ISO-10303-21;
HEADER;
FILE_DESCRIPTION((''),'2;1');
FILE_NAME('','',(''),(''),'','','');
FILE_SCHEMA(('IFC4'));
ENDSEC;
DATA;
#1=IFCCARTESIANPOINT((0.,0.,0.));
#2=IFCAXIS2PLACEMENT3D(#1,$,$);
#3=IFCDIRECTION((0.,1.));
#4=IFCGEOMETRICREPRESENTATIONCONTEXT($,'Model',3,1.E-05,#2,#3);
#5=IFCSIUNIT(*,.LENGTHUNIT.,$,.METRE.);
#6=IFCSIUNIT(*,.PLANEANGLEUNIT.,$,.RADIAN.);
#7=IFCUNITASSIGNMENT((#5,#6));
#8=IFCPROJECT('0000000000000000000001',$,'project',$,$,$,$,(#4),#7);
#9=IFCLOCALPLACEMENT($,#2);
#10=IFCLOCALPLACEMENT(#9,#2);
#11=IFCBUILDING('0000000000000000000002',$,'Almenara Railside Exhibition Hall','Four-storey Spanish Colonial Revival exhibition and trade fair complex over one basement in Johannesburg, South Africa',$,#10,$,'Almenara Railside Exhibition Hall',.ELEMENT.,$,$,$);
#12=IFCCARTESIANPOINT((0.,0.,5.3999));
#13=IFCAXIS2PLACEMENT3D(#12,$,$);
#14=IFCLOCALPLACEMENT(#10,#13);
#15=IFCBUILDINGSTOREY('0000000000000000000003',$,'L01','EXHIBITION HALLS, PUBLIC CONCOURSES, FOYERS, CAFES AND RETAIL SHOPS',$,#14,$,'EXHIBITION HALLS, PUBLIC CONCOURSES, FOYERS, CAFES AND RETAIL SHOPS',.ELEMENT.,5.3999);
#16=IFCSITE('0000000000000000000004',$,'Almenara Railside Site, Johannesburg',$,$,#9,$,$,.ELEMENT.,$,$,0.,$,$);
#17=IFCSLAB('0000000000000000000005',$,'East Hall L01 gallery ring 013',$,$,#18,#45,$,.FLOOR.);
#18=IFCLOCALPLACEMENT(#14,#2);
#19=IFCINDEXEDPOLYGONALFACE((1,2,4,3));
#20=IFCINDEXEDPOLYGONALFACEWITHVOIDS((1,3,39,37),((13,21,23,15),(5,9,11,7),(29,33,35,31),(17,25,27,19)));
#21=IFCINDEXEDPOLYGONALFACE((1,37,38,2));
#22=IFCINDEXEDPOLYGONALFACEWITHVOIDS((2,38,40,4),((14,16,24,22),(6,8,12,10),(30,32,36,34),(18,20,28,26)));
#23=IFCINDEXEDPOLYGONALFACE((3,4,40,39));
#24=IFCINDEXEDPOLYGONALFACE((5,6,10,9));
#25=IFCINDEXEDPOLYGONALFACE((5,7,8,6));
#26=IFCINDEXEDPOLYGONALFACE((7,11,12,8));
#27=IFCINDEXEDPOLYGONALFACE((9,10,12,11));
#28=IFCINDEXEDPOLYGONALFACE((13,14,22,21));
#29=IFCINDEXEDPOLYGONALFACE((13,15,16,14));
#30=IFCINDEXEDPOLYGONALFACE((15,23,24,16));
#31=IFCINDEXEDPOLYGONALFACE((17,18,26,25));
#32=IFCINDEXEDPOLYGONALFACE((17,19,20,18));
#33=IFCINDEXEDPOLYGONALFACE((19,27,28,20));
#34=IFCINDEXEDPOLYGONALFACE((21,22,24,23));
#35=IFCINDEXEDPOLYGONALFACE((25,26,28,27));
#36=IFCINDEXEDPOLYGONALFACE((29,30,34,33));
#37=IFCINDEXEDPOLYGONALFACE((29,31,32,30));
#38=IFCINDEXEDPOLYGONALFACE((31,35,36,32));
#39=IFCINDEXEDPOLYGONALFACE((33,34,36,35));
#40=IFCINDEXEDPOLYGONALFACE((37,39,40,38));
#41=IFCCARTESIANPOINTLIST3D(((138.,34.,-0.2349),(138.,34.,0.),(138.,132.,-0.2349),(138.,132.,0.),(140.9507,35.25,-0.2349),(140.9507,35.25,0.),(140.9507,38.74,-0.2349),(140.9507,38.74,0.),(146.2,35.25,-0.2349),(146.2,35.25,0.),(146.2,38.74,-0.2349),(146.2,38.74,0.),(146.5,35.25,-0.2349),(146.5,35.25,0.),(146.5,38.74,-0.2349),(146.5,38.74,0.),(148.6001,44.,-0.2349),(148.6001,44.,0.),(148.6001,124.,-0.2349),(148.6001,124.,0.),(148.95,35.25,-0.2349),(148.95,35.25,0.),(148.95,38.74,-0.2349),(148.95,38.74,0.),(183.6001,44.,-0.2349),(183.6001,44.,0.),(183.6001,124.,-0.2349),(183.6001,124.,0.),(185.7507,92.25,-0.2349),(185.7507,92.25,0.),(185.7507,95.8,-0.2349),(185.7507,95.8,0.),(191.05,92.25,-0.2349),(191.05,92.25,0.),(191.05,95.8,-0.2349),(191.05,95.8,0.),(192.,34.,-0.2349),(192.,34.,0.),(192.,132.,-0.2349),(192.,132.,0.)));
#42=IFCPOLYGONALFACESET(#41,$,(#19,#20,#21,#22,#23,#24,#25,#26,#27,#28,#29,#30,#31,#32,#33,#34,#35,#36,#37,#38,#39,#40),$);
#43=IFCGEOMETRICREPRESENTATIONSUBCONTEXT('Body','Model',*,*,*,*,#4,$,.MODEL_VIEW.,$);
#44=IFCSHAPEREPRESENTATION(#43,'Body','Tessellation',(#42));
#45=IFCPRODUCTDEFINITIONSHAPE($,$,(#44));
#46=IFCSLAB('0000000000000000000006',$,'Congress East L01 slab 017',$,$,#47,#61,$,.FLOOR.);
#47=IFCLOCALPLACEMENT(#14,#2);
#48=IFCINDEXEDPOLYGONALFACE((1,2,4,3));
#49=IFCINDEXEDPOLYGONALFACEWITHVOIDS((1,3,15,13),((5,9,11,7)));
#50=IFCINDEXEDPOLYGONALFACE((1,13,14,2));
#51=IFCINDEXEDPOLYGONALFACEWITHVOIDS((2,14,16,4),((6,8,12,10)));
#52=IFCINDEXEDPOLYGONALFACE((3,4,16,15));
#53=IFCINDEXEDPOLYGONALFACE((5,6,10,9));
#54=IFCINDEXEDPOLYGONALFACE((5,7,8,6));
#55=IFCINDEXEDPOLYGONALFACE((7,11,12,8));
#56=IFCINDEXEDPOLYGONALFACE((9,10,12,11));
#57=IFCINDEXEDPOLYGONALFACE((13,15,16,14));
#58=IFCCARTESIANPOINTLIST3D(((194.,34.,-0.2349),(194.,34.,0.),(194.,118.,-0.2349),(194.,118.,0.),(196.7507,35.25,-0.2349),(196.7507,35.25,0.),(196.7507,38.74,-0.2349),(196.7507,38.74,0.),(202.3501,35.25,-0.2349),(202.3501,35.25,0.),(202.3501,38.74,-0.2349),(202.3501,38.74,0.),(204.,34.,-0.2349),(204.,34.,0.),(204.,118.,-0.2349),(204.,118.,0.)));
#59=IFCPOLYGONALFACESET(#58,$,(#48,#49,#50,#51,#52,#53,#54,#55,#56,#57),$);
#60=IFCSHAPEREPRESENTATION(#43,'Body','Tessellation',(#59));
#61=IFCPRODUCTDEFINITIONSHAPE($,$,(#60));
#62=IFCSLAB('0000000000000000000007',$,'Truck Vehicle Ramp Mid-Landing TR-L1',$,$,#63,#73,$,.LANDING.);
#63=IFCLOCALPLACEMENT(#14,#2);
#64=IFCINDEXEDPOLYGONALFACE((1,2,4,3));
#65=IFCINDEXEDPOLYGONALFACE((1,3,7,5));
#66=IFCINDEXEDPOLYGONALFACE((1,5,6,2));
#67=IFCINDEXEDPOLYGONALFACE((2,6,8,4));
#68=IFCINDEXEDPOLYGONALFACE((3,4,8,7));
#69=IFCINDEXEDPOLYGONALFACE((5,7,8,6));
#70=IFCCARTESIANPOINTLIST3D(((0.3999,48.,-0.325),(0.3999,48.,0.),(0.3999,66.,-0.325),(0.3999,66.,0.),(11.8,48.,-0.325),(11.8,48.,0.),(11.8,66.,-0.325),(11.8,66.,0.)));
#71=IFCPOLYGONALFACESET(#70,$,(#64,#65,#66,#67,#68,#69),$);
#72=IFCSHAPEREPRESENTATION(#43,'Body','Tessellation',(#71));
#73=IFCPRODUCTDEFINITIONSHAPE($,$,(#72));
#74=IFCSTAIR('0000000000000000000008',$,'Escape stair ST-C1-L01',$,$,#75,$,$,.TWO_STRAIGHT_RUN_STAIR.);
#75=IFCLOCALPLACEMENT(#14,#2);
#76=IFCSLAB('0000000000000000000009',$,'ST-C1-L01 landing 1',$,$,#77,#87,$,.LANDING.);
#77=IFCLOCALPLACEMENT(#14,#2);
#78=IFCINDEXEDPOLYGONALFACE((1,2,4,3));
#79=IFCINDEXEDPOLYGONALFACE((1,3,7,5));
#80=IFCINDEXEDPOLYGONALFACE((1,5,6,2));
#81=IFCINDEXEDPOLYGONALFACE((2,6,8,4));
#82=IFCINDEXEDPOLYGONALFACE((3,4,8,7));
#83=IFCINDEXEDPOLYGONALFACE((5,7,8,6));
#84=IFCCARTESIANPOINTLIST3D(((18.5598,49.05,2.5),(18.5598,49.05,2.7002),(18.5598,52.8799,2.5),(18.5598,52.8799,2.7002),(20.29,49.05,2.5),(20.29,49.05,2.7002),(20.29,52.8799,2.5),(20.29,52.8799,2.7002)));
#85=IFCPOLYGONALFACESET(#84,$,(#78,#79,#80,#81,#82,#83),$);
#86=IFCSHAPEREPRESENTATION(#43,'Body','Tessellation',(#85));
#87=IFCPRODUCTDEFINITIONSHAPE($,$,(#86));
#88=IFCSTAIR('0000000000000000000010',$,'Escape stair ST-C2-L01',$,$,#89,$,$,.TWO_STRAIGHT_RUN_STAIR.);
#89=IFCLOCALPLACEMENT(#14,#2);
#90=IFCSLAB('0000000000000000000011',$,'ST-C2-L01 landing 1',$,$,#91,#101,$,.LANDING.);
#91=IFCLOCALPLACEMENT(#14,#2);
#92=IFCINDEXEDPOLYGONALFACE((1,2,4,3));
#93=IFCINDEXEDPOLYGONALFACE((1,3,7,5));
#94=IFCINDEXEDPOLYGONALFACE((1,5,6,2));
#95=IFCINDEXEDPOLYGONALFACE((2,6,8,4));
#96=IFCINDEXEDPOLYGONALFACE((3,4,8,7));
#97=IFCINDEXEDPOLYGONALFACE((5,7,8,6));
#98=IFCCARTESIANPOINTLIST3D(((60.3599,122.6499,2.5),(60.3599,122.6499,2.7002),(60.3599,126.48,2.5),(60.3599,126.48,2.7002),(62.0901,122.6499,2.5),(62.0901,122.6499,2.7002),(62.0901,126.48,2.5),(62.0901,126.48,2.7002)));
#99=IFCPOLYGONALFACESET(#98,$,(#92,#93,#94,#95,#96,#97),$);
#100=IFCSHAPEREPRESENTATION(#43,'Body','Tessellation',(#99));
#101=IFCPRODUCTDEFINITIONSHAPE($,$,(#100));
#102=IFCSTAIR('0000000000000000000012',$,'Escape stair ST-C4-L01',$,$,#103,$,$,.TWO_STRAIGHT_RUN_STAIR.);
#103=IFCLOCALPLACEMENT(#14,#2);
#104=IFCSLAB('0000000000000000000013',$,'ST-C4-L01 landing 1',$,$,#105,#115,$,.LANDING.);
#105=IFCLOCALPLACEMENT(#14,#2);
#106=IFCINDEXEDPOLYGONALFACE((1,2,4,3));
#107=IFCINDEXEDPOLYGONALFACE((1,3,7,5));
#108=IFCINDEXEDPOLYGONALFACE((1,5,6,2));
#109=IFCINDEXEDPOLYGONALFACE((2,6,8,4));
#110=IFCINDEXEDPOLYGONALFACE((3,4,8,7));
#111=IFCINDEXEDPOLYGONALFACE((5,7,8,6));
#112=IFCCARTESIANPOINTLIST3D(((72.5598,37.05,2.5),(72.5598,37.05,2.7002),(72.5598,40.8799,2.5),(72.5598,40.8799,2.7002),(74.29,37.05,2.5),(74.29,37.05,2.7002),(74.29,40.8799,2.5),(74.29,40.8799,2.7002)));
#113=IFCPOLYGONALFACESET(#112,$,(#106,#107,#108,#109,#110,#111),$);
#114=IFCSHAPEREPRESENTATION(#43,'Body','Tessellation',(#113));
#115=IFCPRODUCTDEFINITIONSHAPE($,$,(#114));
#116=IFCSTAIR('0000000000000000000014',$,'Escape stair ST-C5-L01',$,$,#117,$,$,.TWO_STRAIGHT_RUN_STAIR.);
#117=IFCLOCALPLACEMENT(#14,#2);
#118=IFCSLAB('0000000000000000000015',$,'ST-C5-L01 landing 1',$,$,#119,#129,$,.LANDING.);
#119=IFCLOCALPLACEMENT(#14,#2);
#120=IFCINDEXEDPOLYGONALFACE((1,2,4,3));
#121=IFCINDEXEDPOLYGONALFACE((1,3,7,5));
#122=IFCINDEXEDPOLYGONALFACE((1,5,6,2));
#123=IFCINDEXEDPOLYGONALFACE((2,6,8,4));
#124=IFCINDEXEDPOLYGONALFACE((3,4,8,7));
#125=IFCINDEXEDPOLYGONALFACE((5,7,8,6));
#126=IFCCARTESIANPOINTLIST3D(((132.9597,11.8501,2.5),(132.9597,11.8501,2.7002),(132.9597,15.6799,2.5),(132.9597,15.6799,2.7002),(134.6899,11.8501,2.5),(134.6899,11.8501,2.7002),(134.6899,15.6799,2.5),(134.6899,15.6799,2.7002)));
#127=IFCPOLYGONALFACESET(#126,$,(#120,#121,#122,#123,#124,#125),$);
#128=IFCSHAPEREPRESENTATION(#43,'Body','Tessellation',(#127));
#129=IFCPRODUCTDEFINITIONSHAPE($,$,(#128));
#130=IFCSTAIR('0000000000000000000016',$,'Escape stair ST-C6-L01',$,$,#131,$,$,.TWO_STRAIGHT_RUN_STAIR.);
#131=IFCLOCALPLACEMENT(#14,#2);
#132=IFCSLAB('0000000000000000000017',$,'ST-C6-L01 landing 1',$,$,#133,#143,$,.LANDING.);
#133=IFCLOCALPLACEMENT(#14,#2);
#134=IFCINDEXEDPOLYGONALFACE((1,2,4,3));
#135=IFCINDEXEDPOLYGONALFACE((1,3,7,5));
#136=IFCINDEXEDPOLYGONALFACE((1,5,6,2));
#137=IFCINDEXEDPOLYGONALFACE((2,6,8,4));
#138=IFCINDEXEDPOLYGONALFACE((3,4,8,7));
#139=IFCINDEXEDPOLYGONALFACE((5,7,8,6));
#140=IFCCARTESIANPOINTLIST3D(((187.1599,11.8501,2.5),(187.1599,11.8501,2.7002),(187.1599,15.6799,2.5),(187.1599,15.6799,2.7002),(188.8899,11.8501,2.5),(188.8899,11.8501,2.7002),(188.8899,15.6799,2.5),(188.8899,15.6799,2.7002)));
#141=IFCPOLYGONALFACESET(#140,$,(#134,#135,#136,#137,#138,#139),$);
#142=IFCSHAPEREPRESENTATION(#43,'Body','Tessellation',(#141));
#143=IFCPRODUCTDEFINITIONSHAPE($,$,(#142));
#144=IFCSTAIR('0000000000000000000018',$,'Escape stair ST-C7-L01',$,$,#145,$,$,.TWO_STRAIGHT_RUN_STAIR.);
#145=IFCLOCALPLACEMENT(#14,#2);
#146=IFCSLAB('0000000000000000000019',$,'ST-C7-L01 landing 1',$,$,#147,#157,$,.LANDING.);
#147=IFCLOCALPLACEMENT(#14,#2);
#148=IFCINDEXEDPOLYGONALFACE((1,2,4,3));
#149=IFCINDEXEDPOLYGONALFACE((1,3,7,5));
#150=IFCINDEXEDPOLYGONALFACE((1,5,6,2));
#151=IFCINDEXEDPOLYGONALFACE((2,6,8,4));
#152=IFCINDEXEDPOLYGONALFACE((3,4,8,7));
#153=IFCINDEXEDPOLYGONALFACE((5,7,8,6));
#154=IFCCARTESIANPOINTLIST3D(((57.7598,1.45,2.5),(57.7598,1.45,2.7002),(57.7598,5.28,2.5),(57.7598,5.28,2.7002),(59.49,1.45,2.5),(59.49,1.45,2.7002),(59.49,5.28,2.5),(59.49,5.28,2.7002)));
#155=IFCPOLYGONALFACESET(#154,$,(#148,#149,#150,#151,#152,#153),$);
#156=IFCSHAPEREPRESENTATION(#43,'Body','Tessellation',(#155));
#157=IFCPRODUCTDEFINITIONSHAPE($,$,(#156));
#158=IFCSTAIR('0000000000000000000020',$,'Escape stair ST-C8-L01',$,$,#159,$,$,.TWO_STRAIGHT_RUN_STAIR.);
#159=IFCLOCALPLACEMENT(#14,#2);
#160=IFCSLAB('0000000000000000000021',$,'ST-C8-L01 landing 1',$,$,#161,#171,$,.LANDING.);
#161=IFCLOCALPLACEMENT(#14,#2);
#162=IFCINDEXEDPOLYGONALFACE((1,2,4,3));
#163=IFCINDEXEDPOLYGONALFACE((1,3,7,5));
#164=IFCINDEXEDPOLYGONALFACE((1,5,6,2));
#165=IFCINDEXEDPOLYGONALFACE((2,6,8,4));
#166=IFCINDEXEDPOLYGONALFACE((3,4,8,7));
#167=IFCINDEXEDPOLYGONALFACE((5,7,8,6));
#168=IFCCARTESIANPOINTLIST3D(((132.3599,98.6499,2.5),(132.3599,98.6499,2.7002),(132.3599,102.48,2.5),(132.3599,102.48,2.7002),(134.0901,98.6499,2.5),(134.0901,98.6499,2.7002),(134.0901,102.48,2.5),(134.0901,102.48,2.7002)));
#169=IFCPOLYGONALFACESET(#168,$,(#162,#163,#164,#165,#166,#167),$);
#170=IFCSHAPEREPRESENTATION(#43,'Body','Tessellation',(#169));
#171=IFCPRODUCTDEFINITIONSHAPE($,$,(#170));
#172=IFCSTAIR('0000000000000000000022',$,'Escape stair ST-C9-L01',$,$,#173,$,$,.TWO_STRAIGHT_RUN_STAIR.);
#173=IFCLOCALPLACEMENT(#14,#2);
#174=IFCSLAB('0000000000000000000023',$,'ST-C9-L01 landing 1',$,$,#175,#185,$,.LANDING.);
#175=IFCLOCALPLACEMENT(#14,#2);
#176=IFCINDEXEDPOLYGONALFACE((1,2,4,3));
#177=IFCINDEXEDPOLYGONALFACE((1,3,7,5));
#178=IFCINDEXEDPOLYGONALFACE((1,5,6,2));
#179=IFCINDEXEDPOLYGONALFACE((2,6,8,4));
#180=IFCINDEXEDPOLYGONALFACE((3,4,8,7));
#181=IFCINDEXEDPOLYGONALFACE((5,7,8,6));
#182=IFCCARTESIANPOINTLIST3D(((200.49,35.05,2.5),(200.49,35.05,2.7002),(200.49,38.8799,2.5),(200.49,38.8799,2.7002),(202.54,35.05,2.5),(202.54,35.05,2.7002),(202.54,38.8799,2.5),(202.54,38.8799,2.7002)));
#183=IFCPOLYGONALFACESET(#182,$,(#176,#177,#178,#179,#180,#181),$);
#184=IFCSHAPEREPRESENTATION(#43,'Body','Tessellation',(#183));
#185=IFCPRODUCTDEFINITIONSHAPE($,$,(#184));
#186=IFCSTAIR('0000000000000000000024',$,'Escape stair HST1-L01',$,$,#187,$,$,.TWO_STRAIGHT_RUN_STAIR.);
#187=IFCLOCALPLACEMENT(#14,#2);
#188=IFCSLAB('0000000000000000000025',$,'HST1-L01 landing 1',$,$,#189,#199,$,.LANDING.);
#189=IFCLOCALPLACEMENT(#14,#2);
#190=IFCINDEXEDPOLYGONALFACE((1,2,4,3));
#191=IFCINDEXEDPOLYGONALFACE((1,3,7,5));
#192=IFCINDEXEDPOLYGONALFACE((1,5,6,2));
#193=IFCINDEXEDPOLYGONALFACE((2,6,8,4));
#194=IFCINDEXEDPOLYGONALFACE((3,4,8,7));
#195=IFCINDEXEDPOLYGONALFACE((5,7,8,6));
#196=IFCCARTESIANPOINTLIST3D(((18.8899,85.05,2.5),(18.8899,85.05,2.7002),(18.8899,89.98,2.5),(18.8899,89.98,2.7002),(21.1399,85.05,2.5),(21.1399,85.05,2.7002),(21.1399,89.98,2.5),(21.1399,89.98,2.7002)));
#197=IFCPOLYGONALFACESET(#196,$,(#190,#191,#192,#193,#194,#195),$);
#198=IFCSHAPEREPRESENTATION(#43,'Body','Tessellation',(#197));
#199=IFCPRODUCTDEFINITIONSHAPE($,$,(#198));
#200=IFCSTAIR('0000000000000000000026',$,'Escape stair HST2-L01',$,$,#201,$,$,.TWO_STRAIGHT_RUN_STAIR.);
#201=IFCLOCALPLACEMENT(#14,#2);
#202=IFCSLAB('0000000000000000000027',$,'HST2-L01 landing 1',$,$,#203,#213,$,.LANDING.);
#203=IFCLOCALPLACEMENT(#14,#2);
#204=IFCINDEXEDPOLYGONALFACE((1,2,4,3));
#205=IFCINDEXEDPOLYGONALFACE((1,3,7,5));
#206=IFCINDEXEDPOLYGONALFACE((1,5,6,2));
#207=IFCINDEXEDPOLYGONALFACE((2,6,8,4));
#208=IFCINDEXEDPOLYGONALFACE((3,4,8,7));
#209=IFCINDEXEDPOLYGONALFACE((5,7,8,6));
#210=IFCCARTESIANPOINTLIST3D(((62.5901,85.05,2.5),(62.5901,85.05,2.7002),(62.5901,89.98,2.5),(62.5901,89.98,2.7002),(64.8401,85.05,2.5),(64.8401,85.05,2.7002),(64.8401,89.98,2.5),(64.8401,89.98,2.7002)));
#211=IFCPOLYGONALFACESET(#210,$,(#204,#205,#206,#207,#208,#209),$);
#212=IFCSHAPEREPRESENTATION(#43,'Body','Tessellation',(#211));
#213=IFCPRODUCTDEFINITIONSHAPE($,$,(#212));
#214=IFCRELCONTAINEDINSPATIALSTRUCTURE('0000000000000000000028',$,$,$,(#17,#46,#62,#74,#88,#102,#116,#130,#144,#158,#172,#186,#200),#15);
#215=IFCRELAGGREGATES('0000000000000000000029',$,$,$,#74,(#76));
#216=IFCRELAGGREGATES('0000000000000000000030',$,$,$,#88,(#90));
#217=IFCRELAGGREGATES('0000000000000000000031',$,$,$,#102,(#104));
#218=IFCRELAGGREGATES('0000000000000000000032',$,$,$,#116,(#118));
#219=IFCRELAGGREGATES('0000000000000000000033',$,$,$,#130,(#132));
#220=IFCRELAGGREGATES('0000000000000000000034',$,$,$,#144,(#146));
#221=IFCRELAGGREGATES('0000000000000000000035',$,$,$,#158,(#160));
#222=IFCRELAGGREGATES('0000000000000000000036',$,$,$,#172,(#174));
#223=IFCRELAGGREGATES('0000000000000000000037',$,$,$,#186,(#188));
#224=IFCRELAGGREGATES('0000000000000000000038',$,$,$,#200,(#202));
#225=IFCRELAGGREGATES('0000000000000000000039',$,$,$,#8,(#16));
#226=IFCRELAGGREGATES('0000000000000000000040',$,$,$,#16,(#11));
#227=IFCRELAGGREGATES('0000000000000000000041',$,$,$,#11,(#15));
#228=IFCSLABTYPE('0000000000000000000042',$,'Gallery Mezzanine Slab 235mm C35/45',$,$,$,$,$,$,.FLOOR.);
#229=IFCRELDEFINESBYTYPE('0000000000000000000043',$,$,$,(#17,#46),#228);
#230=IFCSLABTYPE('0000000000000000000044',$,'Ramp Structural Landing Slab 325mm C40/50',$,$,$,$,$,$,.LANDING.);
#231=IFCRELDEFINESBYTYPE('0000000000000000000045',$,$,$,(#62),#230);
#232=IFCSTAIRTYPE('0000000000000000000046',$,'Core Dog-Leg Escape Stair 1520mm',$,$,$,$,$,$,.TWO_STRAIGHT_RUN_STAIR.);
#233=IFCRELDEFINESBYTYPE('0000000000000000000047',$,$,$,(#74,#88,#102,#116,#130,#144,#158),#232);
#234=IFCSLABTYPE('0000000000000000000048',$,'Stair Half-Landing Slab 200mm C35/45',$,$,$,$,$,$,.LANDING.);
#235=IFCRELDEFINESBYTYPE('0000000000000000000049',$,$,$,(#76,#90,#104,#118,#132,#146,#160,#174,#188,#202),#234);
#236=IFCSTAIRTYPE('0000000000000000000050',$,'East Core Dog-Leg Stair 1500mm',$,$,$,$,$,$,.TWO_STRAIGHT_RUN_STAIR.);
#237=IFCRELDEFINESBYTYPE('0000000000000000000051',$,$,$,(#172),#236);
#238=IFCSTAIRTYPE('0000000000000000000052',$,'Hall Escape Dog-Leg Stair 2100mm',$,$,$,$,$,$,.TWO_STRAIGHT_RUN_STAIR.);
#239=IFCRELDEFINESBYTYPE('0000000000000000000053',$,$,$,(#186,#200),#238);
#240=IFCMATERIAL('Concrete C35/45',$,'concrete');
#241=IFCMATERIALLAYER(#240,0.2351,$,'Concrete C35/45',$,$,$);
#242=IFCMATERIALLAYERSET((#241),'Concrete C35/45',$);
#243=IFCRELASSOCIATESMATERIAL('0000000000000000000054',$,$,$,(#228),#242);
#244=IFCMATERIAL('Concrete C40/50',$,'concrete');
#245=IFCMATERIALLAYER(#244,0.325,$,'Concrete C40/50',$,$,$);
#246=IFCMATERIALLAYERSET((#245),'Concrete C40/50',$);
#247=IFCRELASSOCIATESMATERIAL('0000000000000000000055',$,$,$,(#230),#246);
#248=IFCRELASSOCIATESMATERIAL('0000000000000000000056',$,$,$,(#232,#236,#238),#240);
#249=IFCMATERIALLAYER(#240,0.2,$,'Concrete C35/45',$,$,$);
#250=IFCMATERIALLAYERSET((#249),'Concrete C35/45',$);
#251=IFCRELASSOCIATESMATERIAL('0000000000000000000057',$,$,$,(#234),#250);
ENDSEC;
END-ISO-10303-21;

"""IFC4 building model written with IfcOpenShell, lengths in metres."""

from ifc_helpers import new_model, si_unit, direction, frame, origin, place, context, subcontext, project, spatial, polyline, outline, extrude, material, layer, layer_set, type_object, element, aggregate, save


model = new_model("IFC4")

# Units and contexts
model_context = context("Model", 3, precision=1e-05, world=origin(), true_north=direction((0.0, 1.0)))
body_context = subcontext(model_context, "Body", "Model", "MODEL_VIEW")
ifc_project = project(units=[si_unit("LENGTHUNIT", "METRE"), si_unit("PLANEANGLEUNIT", "RADIAN")], contexts=[model_context])

# Site, building, storey
site_placement = place(None, origin())
site = spatial("IfcSite", under=ifc_project, at=site_placement, Name="Almenara Railside Site, Johannesburg", CompositionType="ELEMENT", RefElevation=0.0)
building_placement = place(site_placement, origin())
building = spatial("IfcBuilding", under=site, at=building_placement, Name="Almenara Railside Exhibition Hall", Description="Four-storey Spanish Colonial Revival exhibition and trade fair complex over one basement in Johannesburg, South Africa", LongName="Almenara Railside Exhibition Hall", CompositionType="ELEMENT")
storey_placement = place(building_placement, frame((0.0, 0.0, 5.3999)))
storey = spatial("IfcBuildingStorey", under=building, at=storey_placement, Name="L01", Description="EXHIBITION HALLS, PUBLIC CONCOURSES, FOYERS, CAFES AND RETAIL SHOPS", LongName="EXHIBITION HALLS, PUBLIC CONCOURSES, FOYERS, CAFES AND RETAIL SHOPS", CompositionType="ELEMENT", Elevation=5.3999)

# Slabs
ifc_material_1 = material(Name="Concrete C35/45", Category="concrete")
ifc_layer_1 = layer(ifc_material_1, 0.2351, Name="Concrete C35/45")
ifc_layer_set_1 = layer_set([ifc_layer_1], Name="Concrete C35/45")
slab_type_1 = type_object("IfcSlabType", Name="Gallery Mezzanine Slab 235mm C35/45", PredefinedType="FLOOR", material=ifc_layer_set_1)
slab_1_placement = place(storey_placement, frame((0.0, 0.0, -0.2349)))
element("IfcSlab", 1, at=slab_1_placement, inside=storey, type_object=slab_type_1, Name="East Hall L01 gallery ring 013", PredefinedType="FLOOR", context=body_context, shape_type="SweptSolid", body=[
    extrude(outline(polyline([(138.0, 34.0), (192.0, 34.0), (192.0, 132.0), (138.0, 132.0), (138.0, 34.0)]), holes=[polyline([(140.9507, 35.25), (146.2, 35.25), (146.2, 38.74), (140.9507, 38.74), (140.9507, 35.25)]), polyline([(146.5, 35.25), (148.95, 35.25), (148.95, 38.74), (146.5, 38.74), (146.5, 35.25)]), polyline([(148.6001, 44.0), (183.6001, 44.0), (183.6001, 124.0), (148.6001, 124.0), (148.6001, 44.0)]), polyline([(185.7507, 92.25), (191.05, 92.25), (191.05, 95.8), (185.7507, 95.8), (185.7507, 92.25)])]), origin(), (0.0, 0.0, 1.0), 0.2349),
])
slab_2_placement = place(storey_placement, frame((0.0, 0.0, -0.2349)))
element("IfcSlab", 2, at=slab_2_placement, inside=storey, type_object=slab_type_1, Name="Congress East L01 slab 017", PredefinedType="FLOOR", context=body_context, shape_type="SweptSolid", body=[
    extrude(outline(polyline([(194.0, 34.0), (204.0, 34.0), (204.0, 118.0), (194.0, 118.0), (194.0, 34.0)]), holes=[polyline([(196.7507, 35.25), (202.3501, 35.25), (202.3501, 38.74), (196.7507, 38.74), (196.7507, 35.25)])]), origin(), (0.0, 0.0, 1.0), 0.2349),
])
ifc_material_2 = material(Name="Concrete C40/50", Category="concrete")
ifc_layer_2 = layer(ifc_material_2, 0.325, Name="Concrete C40/50")
ifc_layer_set_2 = layer_set([ifc_layer_2], Name="Concrete C40/50")
slab_type_2 = type_object("IfcSlabType", Name="Ramp Structural Landing Slab 325mm C40/50", PredefinedType="LANDING", material=ifc_layer_set_2)
slab_3_placement = place(storey_placement, frame((0.0, 0.0, -0.325)))
element("IfcSlab", 3, at=slab_3_placement, inside=storey, type_object=slab_type_2, Name="Truck Vehicle Ramp Mid-Landing TR-L1", PredefinedType="LANDING", context=body_context, shape_type="SweptSolid", body=[
    extrude(outline(polyline([(0.3999, 48.0), (11.8, 48.0), (11.8, 66.0), (0.3999, 66.0), (0.3999, 48.0)])), origin(), (0.0, 0.0, 1.0), 0.325),
])

# Stairs, slabs
stair_type_1 = type_object("IfcStairType", Name="Core Dog-Leg Escape Stair 1520mm", PredefinedType="TWO_STRAIGHT_RUN_STAIR", material=ifc_material_1)
stair_1_placement = place(storey_placement, origin())
stair_1 = element("IfcStair", 4, at=stair_1_placement, inside=storey, type_object=stair_type_1, Name="Escape stair ST-C1-L01", PredefinedType="TWO_STRAIGHT_RUN_STAIR")
ifc_layer_3 = layer(ifc_material_1, 0.2, Name="Concrete C35/45")
ifc_layer_set_3 = layer_set([ifc_layer_3], Name="Concrete C35/45")
slab_type_3 = type_object("IfcSlabType", Name="Stair Half-Landing Slab 200mm C35/45", PredefinedType="LANDING", material=ifc_layer_set_3)
slab_4_placement = place(storey_placement, frame((0.0, 0.0, 2.5)))
slab_4 = element("IfcSlab", 5, at=slab_4_placement, type_object=slab_type_3, Name="ST-C1-L01 landing 1", PredefinedType="LANDING", context=body_context, shape_type="SweptSolid", body=[
    extrude(outline(polyline([(18.5598, 49.05), (20.29, 49.05), (20.29, 52.8799), (18.5598, 52.8799), (18.5598, 49.05)])), origin(), (0.0, 0.0, 1.0), 0.2002),
])
aggregate(stair_1, [slab_4])
stair_2_placement = place(storey_placement, origin())
stair_2 = element("IfcStair", 6, at=stair_2_placement, inside=storey, type_object=stair_type_1, Name="Escape stair ST-C2-L01", PredefinedType="TWO_STRAIGHT_RUN_STAIR")
slab_5_placement = place(storey_placement, frame((0.0, 0.0, 2.5)))
slab_5 = element("IfcSlab", 7, at=slab_5_placement, type_object=slab_type_3, Name="ST-C2-L01 landing 1", PredefinedType="LANDING", context=body_context, shape_type="SweptSolid", body=[
    extrude(outline(polyline([(60.3599, 122.6499), (62.0901, 122.6499), (62.0901, 126.48), (60.3599, 126.48), (60.3599, 122.6499)])), origin(), (0.0, 0.0, 1.0), 0.2002),
])
aggregate(stair_2, [slab_5])
stair_3_placement = place(storey_placement, origin())
stair_3 = element("IfcStair", 8, at=stair_3_placement, inside=storey, type_object=stair_type_1, Name="Escape stair ST-C4-L01", PredefinedType="TWO_STRAIGHT_RUN_STAIR")
slab_6_placement = place(storey_placement, frame((0.0, 0.0, 2.5)))
slab_6 = element("IfcSlab", 9, at=slab_6_placement, type_object=slab_type_3, Name="ST-C4-L01 landing 1", PredefinedType="LANDING", context=body_context, shape_type="SweptSolid", body=[
    extrude(outline(polyline([(72.5598, 37.05), (74.29, 37.05), (74.29, 40.8799), (72.5598, 40.8799), (72.5598, 37.05)])), origin(), (0.0, 0.0, 1.0), 0.2002),
])
aggregate(stair_3, [slab_6])
stair_4_placement = place(storey_placement, origin())
stair_4 = element("IfcStair", 10, at=stair_4_placement, inside=storey, type_object=stair_type_1, Name="Escape stair ST-C5-L01", PredefinedType="TWO_STRAIGHT_RUN_STAIR")
slab_7_placement = place(storey_placement, frame((0.0, 0.0, 2.5)))
slab_7 = element("IfcSlab", 11, at=slab_7_placement, type_object=slab_type_3, Name="ST-C5-L01 landing 1", PredefinedType="LANDING", context=body_context, shape_type="SweptSolid", body=[
    extrude(outline(polyline([(132.9597, 11.8501), (134.6899, 11.8501), (134.6899, 15.6799), (132.9597, 15.6799), (132.9597, 11.8501)])), origin(), (0.0, 0.0, 1.0), 0.2002),
])
aggregate(stair_4, [slab_7])
stair_5_placement = place(storey_placement, origin())
stair_5 = element("IfcStair", 12, at=stair_5_placement, inside=storey, type_object=stair_type_1, Name="Escape stair ST-C6-L01", PredefinedType="TWO_STRAIGHT_RUN_STAIR")
slab_8_placement = place(storey_placement, frame((0.0, 0.0, 2.5)))
slab_8 = element("IfcSlab", 13, at=slab_8_placement, type_object=slab_type_3, Name="ST-C6-L01 landing 1", PredefinedType="LANDING", context=body_context, shape_type="SweptSolid", body=[
    extrude(outline(polyline([(187.1599, 11.8501), (188.8899, 11.8501), (188.8899, 15.6799), (187.1599, 15.6799), (187.1599, 11.8501)])), origin(), (0.0, 0.0, 1.0), 0.2002),
])
aggregate(stair_5, [slab_8])
stair_6_placement = place(storey_placement, origin())
stair_6 = element("IfcStair", 14, at=stair_6_placement, inside=storey, type_object=stair_type_1, Name="Escape stair ST-C7-L01", PredefinedType="TWO_STRAIGHT_RUN_STAIR")
slab_9_placement = place(storey_placement, frame((0.0, 0.0, 2.5)))
slab_9 = element("IfcSlab", 15, at=slab_9_placement, type_object=slab_type_3, Name="ST-C7-L01 landing 1", PredefinedType="LANDING", context=body_context, shape_type="SweptSolid", body=[
    extrude(outline(polyline([(57.7598, 1.45), (59.49, 1.45), (59.49, 5.28), (57.7598, 5.28), (57.7598, 1.45)])), origin(), (0.0, 0.0, 1.0), 0.2002),
])
aggregate(stair_6, [slab_9])
stair_7_placement = place(storey_placement, origin())
stair_7 = element("IfcStair", 16, at=stair_7_placement, inside=storey, type_object=stair_type_1, Name="Escape stair ST-C8-L01", PredefinedType="TWO_STRAIGHT_RUN_STAIR")
slab_10_placement = place(storey_placement, frame((0.0, 0.0, 2.5)))
slab_10 = element("IfcSlab", 17, at=slab_10_placement, type_object=slab_type_3, Name="ST-C8-L01 landing 1", PredefinedType="LANDING", context=body_context, shape_type="SweptSolid", body=[
    extrude(outline(polyline([(132.3599, 98.6499), (134.0901, 98.6499), (134.0901, 102.48), (132.3599, 102.48), (132.3599, 98.6499)])), origin(), (0.0, 0.0, 1.0), 0.2002),
])
aggregate(stair_7, [slab_10])
stair_type_2 = type_object("IfcStairType", Name="East Core Dog-Leg Stair 1500mm", PredefinedType="TWO_STRAIGHT_RUN_STAIR", material=ifc_material_1)
stair_8_placement = place(storey_placement, origin())
stair_8 = element("IfcStair", 18, at=stair_8_placement, inside=storey, type_object=stair_type_2, Name="Escape stair ST-C9-L01", PredefinedType="TWO_STRAIGHT_RUN_STAIR")
slab_11_placement = place(storey_placement, frame((0.0, 0.0, 2.5)))
slab_11 = element("IfcSlab", 19, at=slab_11_placement, type_object=slab_type_3, Name="ST-C9-L01 landing 1", PredefinedType="LANDING", context=body_context, shape_type="SweptSolid", body=[
    extrude(outline(polyline([(200.49, 35.05), (202.54, 35.05), (202.54, 38.8799), (200.49, 38.8799), (200.49, 35.05)])), origin(), (0.0, 0.0, 1.0), 0.2002),
])
aggregate(stair_8, [slab_11])
stair_type_3 = type_object("IfcStairType", Name="Hall Escape Dog-Leg Stair 2100mm", PredefinedType="TWO_STRAIGHT_RUN_STAIR", material=ifc_material_1)
stair_9_placement = place(storey_placement, origin())
stair_9 = element("IfcStair", 20, at=stair_9_placement, inside=storey, type_object=stair_type_3, Name="Escape stair HST1-L01", PredefinedType="TWO_STRAIGHT_RUN_STAIR")
slab_12_placement = place(storey_placement, frame((0.0, 0.0, 2.5)))
slab_12 = element("IfcSlab", 21, at=slab_12_placement, type_object=slab_type_3, Name="HST1-L01 landing 1", PredefinedType="LANDING", context=body_context, shape_type="SweptSolid", body=[
    extrude(outline(polyline([(18.8899, 85.05), (21.1399, 85.05), (21.1399, 89.98), (18.8899, 89.98), (18.8899, 85.05)])), origin(), (0.0, 0.0, 1.0), 0.2002),
])
aggregate(stair_9, [slab_12])
stair_10_placement = place(storey_placement, origin())
stair_10 = element("IfcStair", 22, at=stair_10_placement, inside=storey, type_object=stair_type_3, Name="Escape stair HST2-L01", PredefinedType="TWO_STRAIGHT_RUN_STAIR")
slab_13_placement = place(storey_placement, frame((0.0, 0.0, 2.5)))
slab_13 = element("IfcSlab", 23, at=slab_13_placement, type_object=slab_type_3, Name="HST2-L01 landing 1", PredefinedType="LANDING", context=body_context, shape_type="SweptSolid", body=[
    extrude(outline(polyline([(62.5901, 85.05), (64.8401, 85.05), (64.8401, 89.98), (62.5901, 89.98), (62.5901, 85.05)])), origin(), (0.0, 0.0, 1.0), 0.2002),
])
aggregate(stair_10, [slab_13])

save(model, "model.ifc")
